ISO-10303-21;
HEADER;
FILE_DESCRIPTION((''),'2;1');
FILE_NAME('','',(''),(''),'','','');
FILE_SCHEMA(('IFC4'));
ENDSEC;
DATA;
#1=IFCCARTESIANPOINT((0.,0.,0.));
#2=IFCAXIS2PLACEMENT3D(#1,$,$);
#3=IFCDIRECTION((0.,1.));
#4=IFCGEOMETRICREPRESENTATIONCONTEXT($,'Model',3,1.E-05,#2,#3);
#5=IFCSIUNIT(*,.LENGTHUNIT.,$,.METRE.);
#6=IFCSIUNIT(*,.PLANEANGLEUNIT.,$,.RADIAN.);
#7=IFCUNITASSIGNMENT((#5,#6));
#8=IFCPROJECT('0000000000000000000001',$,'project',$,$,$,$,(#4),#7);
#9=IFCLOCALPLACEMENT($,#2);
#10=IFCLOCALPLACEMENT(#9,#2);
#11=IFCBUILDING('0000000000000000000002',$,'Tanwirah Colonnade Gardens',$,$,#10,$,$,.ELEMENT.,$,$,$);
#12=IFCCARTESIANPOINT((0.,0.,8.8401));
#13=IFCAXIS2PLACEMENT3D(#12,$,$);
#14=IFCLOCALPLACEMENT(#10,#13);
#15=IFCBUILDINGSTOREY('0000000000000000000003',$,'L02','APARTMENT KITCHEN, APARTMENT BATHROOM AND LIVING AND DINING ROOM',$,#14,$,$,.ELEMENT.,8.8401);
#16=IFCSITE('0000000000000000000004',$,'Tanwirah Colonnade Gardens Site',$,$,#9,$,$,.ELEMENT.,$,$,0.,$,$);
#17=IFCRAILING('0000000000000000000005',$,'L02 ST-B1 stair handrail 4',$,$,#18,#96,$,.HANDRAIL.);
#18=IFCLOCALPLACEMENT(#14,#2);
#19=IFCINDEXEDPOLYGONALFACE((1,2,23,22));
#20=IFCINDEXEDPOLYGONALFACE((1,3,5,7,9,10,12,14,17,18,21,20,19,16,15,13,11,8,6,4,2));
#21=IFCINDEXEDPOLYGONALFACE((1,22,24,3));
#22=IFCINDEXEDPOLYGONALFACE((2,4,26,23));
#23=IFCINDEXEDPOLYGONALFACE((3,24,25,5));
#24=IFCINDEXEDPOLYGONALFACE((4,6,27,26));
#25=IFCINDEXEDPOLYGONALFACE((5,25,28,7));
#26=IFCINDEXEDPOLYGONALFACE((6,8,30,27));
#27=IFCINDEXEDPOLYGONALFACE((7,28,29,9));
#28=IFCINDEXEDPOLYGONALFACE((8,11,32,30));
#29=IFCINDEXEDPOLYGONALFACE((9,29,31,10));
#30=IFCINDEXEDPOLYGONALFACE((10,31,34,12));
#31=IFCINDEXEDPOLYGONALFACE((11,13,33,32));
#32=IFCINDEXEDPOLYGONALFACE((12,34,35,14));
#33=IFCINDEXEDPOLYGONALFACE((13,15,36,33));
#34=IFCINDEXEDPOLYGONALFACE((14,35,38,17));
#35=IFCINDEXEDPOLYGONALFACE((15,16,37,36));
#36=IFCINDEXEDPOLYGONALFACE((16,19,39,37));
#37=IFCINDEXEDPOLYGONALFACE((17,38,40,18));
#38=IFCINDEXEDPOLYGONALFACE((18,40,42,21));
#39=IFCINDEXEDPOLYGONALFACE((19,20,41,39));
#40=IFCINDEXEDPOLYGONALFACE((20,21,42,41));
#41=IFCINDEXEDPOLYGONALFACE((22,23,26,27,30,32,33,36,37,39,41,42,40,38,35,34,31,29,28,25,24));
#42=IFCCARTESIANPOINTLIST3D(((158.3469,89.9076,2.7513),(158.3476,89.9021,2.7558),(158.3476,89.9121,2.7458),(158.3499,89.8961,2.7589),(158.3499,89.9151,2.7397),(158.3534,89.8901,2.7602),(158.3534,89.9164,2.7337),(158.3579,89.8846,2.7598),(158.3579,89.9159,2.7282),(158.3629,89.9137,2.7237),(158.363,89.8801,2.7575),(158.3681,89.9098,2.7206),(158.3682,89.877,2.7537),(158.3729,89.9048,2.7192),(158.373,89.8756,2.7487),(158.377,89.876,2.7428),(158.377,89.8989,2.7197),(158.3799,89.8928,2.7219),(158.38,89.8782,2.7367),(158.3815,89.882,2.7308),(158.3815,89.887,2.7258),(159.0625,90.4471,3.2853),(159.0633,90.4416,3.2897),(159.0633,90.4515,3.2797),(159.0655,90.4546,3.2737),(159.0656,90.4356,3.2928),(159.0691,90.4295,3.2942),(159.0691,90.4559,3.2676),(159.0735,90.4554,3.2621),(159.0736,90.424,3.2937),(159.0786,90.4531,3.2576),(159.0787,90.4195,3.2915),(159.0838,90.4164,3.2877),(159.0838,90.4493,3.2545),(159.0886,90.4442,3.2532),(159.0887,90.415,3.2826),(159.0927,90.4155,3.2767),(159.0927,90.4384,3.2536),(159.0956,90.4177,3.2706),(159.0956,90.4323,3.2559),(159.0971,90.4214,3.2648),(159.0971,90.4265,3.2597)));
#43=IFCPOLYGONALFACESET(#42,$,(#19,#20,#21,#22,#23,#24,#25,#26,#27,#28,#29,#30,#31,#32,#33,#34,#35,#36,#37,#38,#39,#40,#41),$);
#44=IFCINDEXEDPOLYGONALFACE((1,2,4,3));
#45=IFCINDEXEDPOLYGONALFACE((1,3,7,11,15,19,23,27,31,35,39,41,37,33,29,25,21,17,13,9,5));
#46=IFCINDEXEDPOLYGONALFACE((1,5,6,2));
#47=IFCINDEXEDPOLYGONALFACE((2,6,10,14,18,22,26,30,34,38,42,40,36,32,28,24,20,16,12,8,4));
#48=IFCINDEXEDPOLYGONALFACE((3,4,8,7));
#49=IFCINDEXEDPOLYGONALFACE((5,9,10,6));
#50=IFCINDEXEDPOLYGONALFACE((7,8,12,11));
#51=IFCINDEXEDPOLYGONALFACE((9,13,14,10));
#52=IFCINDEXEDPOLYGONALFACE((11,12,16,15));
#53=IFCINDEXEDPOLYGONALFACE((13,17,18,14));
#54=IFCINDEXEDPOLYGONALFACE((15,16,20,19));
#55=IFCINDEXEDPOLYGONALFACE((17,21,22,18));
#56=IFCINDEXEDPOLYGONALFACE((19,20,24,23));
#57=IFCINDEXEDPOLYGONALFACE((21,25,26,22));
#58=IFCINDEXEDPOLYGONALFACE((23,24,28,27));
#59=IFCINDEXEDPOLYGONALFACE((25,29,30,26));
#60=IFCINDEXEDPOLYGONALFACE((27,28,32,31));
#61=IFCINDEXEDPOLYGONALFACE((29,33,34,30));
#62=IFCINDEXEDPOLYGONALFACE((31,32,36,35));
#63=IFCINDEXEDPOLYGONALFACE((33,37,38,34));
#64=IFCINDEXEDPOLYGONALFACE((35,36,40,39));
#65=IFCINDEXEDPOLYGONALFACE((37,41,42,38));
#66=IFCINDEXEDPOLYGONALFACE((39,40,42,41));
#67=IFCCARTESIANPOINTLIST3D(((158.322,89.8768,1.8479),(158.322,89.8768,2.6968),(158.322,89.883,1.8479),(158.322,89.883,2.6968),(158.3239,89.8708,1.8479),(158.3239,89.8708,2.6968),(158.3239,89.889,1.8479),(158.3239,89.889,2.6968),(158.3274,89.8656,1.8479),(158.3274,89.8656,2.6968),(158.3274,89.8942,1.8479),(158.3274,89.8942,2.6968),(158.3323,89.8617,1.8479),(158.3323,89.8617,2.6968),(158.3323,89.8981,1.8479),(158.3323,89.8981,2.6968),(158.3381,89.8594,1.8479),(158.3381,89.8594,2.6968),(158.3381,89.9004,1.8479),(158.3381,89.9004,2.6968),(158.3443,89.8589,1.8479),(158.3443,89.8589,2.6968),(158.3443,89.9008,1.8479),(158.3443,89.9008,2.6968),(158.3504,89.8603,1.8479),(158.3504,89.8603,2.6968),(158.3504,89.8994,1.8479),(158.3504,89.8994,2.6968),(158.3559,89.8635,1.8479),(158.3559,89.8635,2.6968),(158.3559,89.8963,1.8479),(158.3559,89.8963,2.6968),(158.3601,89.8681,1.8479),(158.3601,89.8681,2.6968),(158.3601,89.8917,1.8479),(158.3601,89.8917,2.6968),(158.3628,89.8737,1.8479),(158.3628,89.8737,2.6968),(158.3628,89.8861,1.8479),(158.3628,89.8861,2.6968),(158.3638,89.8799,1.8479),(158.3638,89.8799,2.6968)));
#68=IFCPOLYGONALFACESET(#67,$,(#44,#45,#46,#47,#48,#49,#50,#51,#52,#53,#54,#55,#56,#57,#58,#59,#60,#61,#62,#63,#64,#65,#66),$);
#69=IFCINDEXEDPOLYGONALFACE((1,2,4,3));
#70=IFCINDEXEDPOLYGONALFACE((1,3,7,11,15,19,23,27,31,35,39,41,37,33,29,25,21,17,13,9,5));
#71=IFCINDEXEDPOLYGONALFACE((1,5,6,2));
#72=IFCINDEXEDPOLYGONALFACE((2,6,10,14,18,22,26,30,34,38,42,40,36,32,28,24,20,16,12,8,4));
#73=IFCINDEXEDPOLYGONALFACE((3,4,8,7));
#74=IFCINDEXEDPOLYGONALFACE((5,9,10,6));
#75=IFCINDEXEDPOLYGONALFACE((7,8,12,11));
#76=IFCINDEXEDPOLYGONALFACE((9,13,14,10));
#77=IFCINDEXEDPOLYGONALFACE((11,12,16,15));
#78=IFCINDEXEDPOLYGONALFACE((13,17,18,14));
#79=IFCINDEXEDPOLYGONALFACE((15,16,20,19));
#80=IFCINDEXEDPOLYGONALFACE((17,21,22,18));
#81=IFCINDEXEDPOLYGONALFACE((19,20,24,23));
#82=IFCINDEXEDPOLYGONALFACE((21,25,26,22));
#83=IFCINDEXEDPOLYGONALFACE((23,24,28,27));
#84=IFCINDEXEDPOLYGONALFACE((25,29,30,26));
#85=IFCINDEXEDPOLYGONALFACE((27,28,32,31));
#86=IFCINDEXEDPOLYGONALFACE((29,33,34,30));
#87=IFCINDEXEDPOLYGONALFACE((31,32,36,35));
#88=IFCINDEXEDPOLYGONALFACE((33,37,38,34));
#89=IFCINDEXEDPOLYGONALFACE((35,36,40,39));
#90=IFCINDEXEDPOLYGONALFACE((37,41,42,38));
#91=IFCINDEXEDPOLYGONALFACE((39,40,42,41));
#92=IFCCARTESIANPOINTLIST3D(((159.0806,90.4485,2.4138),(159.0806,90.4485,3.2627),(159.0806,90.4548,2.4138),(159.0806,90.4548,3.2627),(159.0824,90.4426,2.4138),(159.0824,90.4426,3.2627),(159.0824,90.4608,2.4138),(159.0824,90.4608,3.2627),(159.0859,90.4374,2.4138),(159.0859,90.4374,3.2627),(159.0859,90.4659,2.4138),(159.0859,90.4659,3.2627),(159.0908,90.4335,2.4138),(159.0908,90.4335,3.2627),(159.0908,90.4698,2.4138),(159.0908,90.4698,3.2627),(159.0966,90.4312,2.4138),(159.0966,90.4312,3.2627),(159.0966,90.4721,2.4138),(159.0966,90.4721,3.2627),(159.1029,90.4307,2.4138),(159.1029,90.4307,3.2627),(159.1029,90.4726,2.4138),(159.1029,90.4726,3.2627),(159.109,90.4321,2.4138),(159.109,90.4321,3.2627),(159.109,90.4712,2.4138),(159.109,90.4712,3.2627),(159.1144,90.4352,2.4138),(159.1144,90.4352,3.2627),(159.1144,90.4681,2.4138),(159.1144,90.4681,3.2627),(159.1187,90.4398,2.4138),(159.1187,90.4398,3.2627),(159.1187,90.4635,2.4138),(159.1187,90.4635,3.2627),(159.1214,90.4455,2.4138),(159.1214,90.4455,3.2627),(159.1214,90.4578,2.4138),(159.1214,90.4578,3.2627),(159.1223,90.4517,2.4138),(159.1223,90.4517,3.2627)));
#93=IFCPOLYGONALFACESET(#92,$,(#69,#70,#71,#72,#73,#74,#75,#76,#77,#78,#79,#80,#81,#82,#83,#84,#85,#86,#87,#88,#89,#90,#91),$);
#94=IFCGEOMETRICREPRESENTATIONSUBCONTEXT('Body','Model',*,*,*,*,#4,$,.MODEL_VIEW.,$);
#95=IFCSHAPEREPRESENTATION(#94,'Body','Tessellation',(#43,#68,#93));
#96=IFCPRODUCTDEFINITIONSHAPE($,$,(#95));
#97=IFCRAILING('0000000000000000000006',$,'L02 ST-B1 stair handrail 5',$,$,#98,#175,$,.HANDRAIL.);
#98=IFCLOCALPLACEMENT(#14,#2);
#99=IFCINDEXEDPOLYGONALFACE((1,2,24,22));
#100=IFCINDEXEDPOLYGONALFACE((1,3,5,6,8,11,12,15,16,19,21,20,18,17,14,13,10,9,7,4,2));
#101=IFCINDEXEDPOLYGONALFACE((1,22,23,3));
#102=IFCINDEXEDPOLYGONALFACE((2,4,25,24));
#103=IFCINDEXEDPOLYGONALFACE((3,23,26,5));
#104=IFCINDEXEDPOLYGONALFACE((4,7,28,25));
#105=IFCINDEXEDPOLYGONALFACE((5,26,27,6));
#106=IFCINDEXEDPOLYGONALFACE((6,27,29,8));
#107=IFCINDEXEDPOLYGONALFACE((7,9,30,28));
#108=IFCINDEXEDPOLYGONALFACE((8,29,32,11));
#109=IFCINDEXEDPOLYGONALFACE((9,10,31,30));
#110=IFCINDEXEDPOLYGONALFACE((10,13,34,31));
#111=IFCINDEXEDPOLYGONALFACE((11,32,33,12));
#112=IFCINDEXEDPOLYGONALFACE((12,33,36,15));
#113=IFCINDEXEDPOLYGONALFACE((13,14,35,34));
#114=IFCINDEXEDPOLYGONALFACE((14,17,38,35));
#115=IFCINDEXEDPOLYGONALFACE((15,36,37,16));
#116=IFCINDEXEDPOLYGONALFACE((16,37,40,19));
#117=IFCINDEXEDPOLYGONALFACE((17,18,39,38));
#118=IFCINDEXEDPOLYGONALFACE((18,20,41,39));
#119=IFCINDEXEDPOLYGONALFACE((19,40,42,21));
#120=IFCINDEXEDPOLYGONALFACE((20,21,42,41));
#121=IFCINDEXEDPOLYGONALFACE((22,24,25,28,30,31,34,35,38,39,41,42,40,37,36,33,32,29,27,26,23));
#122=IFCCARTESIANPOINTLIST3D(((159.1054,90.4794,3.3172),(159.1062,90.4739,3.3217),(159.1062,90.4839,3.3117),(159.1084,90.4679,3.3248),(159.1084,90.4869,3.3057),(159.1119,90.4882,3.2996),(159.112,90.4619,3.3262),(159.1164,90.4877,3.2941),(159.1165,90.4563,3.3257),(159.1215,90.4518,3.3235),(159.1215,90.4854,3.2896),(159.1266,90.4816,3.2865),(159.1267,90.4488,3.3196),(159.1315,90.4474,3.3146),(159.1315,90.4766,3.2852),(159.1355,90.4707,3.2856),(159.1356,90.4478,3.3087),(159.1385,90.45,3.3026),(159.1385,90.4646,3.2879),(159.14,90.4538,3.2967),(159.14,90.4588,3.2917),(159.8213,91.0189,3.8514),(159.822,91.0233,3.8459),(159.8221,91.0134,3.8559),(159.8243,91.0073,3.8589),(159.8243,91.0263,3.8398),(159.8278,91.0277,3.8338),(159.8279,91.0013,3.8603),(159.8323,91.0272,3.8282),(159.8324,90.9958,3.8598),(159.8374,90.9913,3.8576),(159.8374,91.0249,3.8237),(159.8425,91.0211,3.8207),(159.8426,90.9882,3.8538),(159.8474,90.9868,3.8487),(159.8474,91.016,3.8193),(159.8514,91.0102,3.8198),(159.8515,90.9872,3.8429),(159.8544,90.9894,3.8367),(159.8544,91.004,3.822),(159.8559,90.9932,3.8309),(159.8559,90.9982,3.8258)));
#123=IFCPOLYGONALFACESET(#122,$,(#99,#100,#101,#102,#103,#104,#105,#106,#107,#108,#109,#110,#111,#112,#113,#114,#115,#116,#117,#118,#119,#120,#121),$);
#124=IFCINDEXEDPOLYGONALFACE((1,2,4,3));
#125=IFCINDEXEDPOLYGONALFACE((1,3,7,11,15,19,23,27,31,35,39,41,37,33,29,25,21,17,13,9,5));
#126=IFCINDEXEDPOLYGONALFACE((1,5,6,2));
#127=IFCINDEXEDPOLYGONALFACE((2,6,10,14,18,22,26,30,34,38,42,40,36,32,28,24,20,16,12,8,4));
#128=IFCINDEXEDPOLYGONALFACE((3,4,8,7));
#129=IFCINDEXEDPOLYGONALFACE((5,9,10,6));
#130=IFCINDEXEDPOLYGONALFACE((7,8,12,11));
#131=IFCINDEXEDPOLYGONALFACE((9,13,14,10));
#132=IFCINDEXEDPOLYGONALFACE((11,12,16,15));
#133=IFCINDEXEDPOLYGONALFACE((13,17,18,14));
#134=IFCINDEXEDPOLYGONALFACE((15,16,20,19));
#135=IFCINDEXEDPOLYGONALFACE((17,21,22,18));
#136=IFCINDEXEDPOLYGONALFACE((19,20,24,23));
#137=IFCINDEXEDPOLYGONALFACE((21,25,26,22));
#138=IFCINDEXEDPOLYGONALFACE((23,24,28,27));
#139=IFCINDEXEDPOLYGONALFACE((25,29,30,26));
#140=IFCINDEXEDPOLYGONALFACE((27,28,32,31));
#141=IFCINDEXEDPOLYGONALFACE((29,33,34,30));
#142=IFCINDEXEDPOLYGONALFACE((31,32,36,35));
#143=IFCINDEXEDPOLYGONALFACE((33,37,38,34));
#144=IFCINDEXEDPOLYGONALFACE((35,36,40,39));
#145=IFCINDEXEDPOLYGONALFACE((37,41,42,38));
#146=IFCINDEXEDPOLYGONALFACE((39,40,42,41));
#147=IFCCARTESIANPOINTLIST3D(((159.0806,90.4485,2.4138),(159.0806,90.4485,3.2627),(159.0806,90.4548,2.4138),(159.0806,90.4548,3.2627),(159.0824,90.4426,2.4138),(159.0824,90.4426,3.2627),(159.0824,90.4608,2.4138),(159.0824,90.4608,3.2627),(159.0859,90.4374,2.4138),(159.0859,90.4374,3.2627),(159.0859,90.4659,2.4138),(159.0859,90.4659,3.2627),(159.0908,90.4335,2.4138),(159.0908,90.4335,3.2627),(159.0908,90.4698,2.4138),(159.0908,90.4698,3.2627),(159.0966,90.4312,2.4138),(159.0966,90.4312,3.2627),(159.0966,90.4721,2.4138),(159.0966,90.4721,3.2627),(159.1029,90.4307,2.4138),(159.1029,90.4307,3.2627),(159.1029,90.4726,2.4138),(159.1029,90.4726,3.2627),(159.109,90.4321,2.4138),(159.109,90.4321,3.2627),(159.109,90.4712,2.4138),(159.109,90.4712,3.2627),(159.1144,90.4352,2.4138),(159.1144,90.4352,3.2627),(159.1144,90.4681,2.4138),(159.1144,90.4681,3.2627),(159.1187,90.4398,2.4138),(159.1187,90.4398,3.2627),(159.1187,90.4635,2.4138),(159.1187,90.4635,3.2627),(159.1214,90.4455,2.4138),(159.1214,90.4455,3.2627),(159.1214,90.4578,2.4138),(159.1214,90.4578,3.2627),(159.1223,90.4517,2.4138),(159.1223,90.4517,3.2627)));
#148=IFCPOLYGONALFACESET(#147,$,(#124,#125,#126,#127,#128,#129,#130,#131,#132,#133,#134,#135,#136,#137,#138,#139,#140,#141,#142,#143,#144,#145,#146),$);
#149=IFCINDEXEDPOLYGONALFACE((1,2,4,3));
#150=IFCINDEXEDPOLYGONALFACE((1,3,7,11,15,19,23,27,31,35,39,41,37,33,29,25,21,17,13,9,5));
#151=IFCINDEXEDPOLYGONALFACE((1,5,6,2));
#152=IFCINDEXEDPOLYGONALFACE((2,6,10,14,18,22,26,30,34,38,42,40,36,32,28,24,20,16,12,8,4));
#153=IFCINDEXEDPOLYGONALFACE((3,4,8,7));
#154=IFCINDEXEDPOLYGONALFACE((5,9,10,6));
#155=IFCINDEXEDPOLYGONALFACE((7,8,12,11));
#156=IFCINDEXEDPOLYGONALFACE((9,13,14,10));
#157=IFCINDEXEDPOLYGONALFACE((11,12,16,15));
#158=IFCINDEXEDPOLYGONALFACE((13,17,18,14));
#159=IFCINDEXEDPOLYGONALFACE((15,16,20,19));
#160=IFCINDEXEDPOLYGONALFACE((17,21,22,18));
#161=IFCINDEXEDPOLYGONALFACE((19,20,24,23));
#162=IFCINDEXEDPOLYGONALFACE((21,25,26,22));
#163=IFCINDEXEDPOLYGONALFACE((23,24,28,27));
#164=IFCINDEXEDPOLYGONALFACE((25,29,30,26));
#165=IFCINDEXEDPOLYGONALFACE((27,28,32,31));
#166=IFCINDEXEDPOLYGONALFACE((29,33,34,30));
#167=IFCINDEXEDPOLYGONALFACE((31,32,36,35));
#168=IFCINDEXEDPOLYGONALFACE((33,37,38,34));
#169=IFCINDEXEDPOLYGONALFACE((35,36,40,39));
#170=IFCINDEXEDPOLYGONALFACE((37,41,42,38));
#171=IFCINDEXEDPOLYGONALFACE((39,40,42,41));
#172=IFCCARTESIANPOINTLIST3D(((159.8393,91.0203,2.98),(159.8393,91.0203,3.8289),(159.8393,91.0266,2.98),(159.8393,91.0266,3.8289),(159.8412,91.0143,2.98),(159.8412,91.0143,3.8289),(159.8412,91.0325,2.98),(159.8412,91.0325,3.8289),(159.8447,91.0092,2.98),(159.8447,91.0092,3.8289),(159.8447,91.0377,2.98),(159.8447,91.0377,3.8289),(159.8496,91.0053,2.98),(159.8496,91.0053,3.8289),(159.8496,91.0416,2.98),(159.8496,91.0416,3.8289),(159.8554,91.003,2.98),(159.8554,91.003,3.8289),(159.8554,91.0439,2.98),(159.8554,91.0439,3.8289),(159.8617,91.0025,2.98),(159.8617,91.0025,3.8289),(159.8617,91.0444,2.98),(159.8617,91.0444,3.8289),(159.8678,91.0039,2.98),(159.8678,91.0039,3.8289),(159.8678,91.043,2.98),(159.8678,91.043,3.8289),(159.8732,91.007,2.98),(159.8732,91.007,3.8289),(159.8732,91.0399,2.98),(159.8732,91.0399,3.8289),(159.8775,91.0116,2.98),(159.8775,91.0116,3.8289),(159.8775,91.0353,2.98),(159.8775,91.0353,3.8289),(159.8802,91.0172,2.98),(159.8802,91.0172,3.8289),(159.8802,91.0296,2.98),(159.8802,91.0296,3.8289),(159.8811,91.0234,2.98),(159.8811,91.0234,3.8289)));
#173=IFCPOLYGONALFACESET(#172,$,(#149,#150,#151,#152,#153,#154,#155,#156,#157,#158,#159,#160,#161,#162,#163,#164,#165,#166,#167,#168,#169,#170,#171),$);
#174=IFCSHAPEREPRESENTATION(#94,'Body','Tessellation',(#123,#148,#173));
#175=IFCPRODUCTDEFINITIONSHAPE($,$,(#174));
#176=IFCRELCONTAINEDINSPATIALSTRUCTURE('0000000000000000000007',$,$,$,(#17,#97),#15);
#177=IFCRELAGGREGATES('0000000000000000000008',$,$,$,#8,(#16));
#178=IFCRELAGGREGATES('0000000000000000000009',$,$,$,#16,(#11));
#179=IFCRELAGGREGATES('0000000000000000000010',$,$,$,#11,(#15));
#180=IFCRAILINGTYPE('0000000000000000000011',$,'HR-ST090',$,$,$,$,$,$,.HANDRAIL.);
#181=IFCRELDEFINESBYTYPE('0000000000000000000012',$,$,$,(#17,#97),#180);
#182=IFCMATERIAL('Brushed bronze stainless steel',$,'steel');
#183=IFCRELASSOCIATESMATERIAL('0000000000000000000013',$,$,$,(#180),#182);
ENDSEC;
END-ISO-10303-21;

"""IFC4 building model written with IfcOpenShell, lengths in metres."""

from ifc_helpers import new_model, si_unit, direction, frame, origin, origin_2d, place, context, subcontext, project, spatial, circle, extrude, material, type_object, element, save


model = new_model("IFC4")

# Units and contexts
model_context = context("Model", 3, precision=1e-05, world=origin(), true_north=direction((0.0, 1.0)))
body_context = subcontext(model_context, "Body", "Model", "MODEL_VIEW")
ifc_project = project(units=[si_unit("LENGTHUNIT", "METRE"), si_unit("PLANEANGLEUNIT", "RADIAN")], contexts=[model_context])

# Site, building, storey
site_placement = place(None, origin())
site = spatial("IfcSite", under=ifc_project, at=site_placement, Name="Tanwirah Colonnade Gardens Site", CompositionType="ELEMENT", RefElevation=0.0)
building_placement = place(site_placement, origin())
building = spatial("IfcBuilding", under=site, at=building_placement, Name="Tanwirah Colonnade Gardens", CompositionType="ELEMENT")
storey_placement = place(building_placement, frame((0.0, 0.0, 8.8401)))
storey = spatial("IfcBuildingStorey", under=building, at=storey_placement, Name="L02", Description="APARTMENT KITCHEN, APARTMENT BATHROOM AND LIVING AND DINING ROOM", CompositionType="ELEMENT", Elevation=8.8401)

# Railings
ifc_material_1 = material(Name="Brushed bronze stainless steel", Category="steel")
railing_type_1 = type_object("IfcRailingType", Name="HR-ST090", PredefinedType="HANDRAIL", material=ifc_material_1)
railing_1_placement = place(storey_placement, frame((158.3428, 89.8799, 1.8479)))
element("IfcRailing", 1, at=railing_1_placement, inside=storey, type_object=railing_type_1, Name="L02 ST-B1 stair handrail 4", PredefinedType="HANDRAIL", context=body_context, shape_type="SweptSolid", body=[
    extrude(circle(Radius=0.0239, at=origin_2d()), frame((0.0215, 0.0161, 0.8918), z_axis=(0.686028, 0.517116, 0.511817), x_axis=(-0.601931, 0.798548, 0.0)), (0.0, 0.0, 1.0), 1.0432),
    extrude(circle(Radius=0.021, at=origin_2d()), origin(), (0.0, 0.0, 1.0), 0.8489),
    extrude(circle(Radius=0.021, at=origin_2d()), frame((0.7585, 0.5718, 0.5659)), (0.0, 0.0, 1.0), 0.8489),
])
railing_2_placement = place(storey_placement, frame((159.1013, 90.4517, 2.4138)))
element("IfcRailing", 2, at=railing_2_placement, inside=storey, type_object=railing_type_1, Name="L02 ST-B1 stair handrail 5", PredefinedType="HANDRAIL", context=body_context, shape_type="SweptSolid", body=[
    extrude(circle(Radius=0.0239, at=origin_2d()), frame((0.0215, 0.0161, 0.8918), z_axis=(0.686068, 0.516979, 0.511902), x_axis=(-0.601807, 0.798641, 0.0)), (0.0, 0.0, 1.0), 1.0435),
    extrude(circle(Radius=0.021, at=origin_2d()), origin(), (0.0, 0.0, 1.0), 0.8489),
    extrude(circle(Radius=0.021, at=origin_2d()), frame((0.7588, 0.5718, 0.5662)), (0.0, 0.0, 1.0), 0.8489),
])

save(model, "model.ifc")
